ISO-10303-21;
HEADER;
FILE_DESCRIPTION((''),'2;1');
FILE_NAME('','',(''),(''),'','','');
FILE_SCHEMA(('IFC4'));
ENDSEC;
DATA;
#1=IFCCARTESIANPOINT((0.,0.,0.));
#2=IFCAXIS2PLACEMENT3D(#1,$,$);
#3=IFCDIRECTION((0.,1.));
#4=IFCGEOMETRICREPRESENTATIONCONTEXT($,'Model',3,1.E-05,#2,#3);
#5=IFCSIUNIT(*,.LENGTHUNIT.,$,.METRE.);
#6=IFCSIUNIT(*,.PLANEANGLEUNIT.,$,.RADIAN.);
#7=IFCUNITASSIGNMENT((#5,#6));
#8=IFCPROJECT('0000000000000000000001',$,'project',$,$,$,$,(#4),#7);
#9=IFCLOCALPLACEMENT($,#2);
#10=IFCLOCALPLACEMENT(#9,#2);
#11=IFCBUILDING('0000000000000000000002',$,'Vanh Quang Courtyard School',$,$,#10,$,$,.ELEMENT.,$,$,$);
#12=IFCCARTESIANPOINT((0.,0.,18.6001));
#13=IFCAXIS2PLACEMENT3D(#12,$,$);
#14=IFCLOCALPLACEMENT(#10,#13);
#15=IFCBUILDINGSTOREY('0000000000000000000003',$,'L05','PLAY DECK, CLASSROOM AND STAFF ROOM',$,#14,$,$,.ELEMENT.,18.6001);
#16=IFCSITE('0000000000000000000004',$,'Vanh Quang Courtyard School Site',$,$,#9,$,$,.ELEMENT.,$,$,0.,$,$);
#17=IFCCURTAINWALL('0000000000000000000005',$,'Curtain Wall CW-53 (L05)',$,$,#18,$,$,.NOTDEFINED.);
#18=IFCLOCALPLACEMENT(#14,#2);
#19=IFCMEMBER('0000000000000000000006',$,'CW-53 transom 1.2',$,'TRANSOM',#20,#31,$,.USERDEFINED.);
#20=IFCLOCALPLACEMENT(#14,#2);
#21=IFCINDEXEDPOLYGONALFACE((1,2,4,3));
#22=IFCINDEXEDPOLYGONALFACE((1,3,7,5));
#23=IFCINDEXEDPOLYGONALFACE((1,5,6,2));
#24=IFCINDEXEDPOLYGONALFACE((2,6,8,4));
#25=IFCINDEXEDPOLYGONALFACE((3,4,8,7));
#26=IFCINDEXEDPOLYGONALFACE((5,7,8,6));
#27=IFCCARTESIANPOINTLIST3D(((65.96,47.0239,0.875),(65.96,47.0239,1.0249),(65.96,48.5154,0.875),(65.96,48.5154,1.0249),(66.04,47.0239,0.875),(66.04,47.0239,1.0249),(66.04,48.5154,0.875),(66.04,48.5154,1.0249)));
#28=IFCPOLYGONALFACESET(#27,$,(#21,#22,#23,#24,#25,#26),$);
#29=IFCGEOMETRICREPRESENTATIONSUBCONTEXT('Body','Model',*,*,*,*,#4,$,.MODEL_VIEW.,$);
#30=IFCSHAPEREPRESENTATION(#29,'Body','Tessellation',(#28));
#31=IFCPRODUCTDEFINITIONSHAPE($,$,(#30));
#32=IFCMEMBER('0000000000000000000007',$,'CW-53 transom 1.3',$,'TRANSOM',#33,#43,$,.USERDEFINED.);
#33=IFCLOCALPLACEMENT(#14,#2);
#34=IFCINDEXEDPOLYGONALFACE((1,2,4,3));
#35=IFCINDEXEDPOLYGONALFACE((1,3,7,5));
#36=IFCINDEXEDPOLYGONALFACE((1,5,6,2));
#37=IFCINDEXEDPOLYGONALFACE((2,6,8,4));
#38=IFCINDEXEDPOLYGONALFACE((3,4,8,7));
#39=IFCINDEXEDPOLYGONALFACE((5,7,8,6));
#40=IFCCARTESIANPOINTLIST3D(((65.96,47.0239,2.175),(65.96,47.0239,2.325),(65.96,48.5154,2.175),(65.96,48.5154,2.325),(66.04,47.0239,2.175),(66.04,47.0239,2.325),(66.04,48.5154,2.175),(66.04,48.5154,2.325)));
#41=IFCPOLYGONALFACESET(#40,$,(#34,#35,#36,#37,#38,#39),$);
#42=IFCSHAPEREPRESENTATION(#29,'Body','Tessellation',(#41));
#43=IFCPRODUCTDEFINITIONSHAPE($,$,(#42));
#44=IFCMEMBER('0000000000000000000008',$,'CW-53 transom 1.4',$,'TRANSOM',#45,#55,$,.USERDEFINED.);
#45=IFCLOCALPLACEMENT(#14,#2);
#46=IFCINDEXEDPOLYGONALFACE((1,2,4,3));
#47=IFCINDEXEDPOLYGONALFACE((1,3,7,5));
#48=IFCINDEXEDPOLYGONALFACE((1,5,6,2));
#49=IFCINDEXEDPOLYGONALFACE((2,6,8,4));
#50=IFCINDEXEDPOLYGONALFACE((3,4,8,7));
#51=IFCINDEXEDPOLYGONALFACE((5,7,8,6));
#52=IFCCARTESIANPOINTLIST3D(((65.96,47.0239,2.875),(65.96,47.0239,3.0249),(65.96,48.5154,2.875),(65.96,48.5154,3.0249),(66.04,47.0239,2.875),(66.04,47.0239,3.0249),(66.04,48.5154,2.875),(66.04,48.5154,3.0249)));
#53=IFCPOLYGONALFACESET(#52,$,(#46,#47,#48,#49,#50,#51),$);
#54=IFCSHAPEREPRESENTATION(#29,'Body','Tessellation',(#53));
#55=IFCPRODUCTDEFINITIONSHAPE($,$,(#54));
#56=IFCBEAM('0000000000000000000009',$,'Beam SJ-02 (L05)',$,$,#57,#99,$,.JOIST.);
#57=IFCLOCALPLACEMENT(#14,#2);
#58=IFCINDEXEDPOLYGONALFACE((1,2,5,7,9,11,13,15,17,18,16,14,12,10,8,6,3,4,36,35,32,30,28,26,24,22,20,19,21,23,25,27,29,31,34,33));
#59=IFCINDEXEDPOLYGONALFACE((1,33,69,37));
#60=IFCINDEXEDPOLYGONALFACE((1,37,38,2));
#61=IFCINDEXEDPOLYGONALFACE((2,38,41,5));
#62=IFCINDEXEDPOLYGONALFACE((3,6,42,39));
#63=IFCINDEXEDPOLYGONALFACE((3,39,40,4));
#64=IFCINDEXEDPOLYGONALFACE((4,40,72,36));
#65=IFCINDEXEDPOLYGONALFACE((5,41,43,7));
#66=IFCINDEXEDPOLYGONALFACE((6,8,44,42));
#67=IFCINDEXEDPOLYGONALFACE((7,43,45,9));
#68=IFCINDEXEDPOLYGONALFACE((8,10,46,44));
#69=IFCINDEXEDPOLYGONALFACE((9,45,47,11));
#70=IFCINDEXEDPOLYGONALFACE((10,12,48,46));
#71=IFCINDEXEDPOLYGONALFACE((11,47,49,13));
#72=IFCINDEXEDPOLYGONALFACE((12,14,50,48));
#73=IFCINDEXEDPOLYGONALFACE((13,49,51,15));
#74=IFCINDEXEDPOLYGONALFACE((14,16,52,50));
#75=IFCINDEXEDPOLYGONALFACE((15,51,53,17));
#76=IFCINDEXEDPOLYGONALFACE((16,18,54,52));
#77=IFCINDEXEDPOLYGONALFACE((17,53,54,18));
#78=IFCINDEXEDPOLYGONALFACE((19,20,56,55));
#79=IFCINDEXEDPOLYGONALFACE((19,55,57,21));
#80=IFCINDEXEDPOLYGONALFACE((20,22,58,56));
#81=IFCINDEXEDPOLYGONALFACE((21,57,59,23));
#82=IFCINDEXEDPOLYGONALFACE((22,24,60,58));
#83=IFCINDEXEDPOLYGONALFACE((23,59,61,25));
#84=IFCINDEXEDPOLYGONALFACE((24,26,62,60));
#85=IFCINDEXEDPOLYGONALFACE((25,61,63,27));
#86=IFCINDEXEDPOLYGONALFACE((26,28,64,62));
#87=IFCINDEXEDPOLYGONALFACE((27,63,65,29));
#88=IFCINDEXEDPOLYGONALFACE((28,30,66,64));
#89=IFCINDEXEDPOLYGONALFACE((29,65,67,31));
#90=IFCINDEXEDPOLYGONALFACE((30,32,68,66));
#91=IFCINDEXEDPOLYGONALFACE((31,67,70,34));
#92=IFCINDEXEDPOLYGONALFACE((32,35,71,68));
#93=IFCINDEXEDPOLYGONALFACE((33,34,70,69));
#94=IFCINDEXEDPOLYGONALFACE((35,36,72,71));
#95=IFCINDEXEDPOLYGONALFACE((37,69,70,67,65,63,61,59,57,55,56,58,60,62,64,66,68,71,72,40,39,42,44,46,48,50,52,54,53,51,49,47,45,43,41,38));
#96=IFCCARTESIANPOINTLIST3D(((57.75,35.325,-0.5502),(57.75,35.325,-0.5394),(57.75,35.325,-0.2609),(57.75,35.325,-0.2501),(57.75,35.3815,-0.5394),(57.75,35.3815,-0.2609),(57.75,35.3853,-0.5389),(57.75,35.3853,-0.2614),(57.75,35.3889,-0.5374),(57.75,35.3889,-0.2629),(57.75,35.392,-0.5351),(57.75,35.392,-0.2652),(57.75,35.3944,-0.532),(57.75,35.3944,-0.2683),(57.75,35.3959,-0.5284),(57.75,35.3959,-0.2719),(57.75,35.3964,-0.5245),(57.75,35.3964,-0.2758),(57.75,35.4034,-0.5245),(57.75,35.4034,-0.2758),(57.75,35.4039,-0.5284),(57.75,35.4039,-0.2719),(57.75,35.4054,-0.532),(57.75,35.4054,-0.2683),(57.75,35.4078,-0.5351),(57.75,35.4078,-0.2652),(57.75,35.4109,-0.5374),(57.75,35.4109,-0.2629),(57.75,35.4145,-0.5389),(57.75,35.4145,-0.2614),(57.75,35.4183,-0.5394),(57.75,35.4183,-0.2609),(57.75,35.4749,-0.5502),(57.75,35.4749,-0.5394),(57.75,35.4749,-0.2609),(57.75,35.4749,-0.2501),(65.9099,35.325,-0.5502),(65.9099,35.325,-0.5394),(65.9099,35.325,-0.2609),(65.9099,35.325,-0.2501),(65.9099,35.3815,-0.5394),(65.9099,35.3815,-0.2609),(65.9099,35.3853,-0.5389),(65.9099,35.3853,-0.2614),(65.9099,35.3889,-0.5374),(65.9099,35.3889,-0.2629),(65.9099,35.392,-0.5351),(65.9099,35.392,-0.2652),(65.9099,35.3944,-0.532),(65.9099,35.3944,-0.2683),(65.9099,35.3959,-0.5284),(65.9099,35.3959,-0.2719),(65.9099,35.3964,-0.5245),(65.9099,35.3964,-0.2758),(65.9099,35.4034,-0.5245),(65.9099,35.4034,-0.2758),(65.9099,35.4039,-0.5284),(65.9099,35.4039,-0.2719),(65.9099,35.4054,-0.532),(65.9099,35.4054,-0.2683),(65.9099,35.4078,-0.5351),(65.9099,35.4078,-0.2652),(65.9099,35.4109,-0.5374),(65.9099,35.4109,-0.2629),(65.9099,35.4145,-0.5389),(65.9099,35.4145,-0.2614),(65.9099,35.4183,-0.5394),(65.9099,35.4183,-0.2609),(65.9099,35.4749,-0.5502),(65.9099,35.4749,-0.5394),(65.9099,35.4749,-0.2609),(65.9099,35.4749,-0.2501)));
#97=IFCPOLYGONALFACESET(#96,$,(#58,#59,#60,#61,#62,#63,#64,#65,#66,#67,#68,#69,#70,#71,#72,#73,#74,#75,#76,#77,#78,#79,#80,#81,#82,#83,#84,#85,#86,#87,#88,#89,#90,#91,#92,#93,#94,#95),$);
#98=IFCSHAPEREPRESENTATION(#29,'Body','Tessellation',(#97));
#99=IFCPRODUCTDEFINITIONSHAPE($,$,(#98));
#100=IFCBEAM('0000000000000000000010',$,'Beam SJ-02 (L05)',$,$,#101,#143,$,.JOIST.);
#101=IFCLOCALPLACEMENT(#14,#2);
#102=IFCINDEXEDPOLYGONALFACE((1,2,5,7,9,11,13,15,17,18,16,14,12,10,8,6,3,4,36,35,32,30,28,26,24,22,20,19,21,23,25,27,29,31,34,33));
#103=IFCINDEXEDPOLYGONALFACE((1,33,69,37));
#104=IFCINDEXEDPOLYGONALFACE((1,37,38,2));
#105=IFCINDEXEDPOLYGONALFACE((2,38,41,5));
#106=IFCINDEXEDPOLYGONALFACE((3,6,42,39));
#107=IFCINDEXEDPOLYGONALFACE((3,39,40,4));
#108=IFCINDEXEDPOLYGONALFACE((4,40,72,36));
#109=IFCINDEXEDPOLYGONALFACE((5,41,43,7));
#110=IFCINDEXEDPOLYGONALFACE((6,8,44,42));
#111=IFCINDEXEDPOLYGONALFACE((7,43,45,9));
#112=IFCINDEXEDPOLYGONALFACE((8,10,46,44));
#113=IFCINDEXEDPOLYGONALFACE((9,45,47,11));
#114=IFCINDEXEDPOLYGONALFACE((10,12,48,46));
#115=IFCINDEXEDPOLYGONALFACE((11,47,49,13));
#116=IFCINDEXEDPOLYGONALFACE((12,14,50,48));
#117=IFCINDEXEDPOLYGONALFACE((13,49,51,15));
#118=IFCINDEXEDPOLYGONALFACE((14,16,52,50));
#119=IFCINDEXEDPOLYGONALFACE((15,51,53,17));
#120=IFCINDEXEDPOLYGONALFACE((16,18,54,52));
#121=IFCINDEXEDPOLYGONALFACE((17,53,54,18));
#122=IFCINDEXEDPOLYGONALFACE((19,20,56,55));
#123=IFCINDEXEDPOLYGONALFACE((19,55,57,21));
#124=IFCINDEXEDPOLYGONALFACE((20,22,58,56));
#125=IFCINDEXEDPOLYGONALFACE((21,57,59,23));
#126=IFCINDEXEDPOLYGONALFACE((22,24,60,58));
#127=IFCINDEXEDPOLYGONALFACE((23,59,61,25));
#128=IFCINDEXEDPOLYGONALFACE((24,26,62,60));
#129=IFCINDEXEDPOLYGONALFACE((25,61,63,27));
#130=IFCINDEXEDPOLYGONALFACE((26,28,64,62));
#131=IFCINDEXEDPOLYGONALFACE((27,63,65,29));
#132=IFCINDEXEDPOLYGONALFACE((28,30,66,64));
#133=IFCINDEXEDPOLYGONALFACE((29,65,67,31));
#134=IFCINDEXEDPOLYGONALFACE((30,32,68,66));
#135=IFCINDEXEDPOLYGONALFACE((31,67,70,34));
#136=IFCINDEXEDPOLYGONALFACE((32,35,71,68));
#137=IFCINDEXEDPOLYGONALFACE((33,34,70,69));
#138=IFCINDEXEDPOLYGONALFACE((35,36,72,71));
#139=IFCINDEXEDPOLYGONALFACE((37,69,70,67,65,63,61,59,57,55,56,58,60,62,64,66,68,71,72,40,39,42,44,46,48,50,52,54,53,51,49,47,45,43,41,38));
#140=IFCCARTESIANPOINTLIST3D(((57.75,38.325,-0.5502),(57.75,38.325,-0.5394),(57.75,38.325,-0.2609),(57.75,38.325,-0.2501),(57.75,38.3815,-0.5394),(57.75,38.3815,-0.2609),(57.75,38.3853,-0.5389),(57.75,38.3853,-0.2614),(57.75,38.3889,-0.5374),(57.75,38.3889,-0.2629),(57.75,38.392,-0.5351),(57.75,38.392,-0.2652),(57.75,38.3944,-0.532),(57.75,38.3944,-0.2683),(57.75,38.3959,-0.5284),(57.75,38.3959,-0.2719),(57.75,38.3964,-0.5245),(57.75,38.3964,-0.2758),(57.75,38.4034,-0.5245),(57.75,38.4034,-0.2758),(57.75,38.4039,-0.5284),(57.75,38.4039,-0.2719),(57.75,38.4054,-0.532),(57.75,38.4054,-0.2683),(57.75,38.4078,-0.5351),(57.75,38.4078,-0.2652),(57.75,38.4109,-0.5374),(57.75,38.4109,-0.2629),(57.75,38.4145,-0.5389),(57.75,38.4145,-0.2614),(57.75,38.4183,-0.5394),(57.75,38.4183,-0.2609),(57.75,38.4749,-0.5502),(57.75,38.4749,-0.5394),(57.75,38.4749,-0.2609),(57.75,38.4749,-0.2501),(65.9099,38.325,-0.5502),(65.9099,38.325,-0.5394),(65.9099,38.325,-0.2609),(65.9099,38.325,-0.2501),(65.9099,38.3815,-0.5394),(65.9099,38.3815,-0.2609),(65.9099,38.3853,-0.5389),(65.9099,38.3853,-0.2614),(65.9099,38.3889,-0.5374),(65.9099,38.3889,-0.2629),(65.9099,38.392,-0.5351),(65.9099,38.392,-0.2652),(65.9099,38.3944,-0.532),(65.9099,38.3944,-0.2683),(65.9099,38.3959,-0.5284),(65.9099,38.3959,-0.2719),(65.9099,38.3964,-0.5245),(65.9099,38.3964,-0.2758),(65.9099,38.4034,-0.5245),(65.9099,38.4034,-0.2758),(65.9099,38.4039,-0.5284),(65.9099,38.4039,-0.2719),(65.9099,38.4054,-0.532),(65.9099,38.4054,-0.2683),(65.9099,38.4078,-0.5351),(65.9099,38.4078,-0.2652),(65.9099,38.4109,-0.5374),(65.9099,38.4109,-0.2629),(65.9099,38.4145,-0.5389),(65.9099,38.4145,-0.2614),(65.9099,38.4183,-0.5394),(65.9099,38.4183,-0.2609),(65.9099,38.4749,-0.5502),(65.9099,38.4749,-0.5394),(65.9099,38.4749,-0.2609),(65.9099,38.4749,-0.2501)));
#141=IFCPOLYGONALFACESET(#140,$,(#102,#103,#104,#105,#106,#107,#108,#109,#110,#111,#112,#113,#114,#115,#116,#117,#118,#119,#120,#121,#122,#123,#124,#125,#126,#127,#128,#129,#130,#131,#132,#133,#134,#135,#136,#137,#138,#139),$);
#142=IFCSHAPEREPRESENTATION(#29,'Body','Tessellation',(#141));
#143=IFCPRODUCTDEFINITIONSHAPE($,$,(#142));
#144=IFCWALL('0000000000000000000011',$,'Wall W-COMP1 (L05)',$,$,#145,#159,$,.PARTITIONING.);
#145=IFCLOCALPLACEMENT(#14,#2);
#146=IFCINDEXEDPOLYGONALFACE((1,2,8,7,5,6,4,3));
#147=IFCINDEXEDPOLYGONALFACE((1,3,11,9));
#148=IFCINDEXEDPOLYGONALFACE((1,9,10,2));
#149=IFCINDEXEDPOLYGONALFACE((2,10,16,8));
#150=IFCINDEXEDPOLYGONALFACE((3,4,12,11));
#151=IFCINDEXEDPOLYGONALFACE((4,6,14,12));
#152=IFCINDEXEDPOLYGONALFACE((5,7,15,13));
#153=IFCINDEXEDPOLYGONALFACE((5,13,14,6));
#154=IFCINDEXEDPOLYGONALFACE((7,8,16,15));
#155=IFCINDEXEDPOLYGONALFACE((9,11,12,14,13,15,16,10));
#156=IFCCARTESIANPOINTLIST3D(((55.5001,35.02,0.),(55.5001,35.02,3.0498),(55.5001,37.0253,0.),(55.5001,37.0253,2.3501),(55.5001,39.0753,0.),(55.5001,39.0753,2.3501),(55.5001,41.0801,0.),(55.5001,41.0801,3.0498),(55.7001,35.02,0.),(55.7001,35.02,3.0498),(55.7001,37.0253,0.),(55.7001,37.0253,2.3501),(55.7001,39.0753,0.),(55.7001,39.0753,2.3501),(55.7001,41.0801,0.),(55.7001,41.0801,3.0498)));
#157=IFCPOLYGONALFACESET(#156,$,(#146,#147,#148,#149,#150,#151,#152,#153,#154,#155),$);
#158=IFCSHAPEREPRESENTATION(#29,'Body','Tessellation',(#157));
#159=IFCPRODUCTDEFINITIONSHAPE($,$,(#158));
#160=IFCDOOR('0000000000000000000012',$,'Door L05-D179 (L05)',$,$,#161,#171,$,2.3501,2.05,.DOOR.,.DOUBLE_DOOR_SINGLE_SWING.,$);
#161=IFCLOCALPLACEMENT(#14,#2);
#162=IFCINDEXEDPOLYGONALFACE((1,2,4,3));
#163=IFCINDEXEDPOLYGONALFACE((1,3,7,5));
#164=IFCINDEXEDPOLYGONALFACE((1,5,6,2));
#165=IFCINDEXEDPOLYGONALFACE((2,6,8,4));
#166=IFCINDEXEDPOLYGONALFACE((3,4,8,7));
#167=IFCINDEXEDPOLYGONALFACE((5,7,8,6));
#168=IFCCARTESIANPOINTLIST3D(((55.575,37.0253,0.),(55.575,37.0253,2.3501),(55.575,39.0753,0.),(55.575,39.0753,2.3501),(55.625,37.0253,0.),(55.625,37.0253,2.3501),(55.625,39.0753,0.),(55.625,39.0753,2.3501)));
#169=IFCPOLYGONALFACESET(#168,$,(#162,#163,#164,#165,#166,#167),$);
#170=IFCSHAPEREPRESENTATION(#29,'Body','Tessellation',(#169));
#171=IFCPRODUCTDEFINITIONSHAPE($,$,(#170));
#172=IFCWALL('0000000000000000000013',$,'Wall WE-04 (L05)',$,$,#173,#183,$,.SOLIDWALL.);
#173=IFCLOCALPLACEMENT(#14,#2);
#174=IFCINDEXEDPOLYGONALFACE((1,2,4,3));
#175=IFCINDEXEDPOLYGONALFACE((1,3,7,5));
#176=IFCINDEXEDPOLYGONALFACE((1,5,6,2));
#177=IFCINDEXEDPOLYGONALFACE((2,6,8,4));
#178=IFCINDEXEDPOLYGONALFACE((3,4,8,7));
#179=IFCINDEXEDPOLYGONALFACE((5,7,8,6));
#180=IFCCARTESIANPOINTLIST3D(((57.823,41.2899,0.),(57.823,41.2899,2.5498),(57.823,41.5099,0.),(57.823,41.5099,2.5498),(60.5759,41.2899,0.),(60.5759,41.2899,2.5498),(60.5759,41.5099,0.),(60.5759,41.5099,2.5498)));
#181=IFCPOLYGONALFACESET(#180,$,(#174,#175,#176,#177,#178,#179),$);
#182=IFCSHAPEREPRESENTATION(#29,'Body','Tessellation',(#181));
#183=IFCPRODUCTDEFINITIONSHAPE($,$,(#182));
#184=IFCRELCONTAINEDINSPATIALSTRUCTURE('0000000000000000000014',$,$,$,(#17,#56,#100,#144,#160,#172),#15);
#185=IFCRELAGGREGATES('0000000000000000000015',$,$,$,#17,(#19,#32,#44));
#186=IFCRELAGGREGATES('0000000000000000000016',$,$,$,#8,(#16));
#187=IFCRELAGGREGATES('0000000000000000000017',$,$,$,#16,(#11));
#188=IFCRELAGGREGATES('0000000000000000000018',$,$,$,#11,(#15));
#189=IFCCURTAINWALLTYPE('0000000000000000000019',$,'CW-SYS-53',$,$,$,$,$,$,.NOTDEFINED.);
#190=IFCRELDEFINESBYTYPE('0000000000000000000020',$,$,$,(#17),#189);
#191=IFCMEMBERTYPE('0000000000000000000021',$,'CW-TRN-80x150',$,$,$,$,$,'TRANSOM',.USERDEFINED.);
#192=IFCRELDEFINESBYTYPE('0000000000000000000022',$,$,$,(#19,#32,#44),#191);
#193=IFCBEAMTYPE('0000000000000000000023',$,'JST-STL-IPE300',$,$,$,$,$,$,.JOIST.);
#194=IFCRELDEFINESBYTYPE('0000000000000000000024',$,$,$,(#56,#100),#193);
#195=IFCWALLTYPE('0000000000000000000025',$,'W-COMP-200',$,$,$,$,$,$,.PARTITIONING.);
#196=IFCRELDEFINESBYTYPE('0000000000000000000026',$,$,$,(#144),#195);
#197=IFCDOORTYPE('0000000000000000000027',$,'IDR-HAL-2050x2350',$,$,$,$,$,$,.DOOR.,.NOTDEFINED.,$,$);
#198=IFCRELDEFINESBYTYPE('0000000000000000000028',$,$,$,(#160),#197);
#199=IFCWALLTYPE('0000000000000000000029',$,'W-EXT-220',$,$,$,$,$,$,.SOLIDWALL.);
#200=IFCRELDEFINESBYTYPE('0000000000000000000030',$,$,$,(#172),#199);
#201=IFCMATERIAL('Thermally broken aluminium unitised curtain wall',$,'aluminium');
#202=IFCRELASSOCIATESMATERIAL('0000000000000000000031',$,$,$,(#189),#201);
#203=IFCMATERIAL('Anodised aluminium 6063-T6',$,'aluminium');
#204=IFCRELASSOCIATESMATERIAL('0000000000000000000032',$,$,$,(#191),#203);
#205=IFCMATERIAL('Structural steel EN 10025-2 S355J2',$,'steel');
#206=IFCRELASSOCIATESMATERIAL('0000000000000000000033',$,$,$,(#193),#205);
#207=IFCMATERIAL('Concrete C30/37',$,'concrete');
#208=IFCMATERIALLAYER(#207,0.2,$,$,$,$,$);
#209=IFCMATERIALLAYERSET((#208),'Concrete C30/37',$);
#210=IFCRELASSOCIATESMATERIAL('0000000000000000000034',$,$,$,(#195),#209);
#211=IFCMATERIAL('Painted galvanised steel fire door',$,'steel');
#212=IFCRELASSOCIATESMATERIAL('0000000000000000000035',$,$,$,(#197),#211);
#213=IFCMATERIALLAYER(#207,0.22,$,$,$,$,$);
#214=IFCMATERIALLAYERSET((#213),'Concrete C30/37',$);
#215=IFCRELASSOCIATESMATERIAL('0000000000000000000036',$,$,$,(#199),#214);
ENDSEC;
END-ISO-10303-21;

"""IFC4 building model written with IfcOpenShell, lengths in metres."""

from ifc_helpers import new_model, si_unit, direction, frame, frame_2d, origin, origin_2d, place, context, subcontext, project, spatial, rectangle, i_section, extrude, material, layer, layer_set, material_profile, profile_set, type_object, element, fill, aggregate, save


model = new_model("IFC4")

# Units and contexts
model_context = context("Model", 3, precision=1e-05, world=origin(), true_north=direction((0.0, 1.0)))
body_context = subcontext(model_context, "Body", "Model", "MODEL_VIEW")
ifc_project = project(units=[si_unit("LENGTHUNIT", "METRE"), si_unit("PLANEANGLEUNIT", "RADIAN")], contexts=[model_context])

# Site, building, storey
site_placement = place(None, origin())
site = spatial("IfcSite", under=ifc_project, at=site_placement, Name="Vanh Quang Courtyard School Site", CompositionType="ELEMENT", RefElevation=0.0)
building_placement = place(site_placement, origin())
building = spatial("IfcBuilding", under=site, at=building_placement, Name="Vanh Quang Courtyard School", CompositionType="ELEMENT")
storey_placement = place(building_placement, frame((0.0, 0.0, 18.6001)))
storey = spatial("IfcBuildingStorey", under=building, at=storey_placement, Name="L05", Description="PLAY DECK, CLASSROOM AND STAFF ROOM", CompositionType="ELEMENT", Elevation=18.6001)

# Shared definitions
ifc_material_1 = material(Name="Structural steel EN 10025-2 S355J2", Category="steel")

# Curtain wall, members
ifc_material_2 = material(Name="Thermally broken aluminium unitised curtain wall", Category="aluminium")
curtain_wall_type = type_object("IfcCurtainWallType", Name="CW-SYS-53", PredefinedType="NOTDEFINED", material=ifc_material_2)
curtain_wall_placement = place(storey_placement, origin())
curtain_wall = element("IfcCurtainWall", 1, at=curtain_wall_placement, inside=storey, type_object=curtain_wall_type, Name="Curtain Wall CW-53 (L05)", PredefinedType="NOTDEFINED")
ifc_material_3 = material(Name="Anodised aluminium 6063-T6", Category="aluminium")
ifc_material_profile_1 = material_profile(ifc_material_3, rectangle(XDim=0.0801, YDim=0.1499, at=origin_2d()), Name="ALU-TRN 80x150")
ifc_profile_set_1 = profile_set([ifc_material_profile_1], Name="Anodised aluminium 6063-T6")
member_type_1 = type_object("IfcMemberType", Name="CW-TRN-80x150", ElementType="TRANSOM", PredefinedType="USERDEFINED", material=ifc_profile_set_1)
member_1_placement = place(storey_placement, frame((66.0, 47.0239, 0.95), z_axis=(0.0, 1.0, 0.0), x_axis=(-1.0, 0.0, 0.0)))
member_1 = element("IfcMember", 2, at=member_1_placement, type_object=member_type_1, Name="CW-53 transom 1.2", ObjectType="TRANSOM", PredefinedType="USERDEFINED", context=body_context, shape_type="SweptSolid", body=[
    extrude(rectangle(XDim=0.0801, YDim=0.1499, at=origin_2d()), origin(), (0.0, 0.0, 1.0), 1.4915),
])
member_2_placement = place(storey_placement, frame((66.0, 47.0239, 2.25), z_axis=(0.0, 1.0, 0.0), x_axis=(-1.0, 0.0, 0.0)))
member_2 = element("IfcMember", 3, at=member_2_placement, type_object=member_type_1, Name="CW-53 transom 1.3", ObjectType="TRANSOM", PredefinedType="USERDEFINED", context=body_context, shape_type="SweptSolid", body=[
    extrude(rectangle(XDim=0.0801, YDim=0.1499, at=origin_2d()), origin(), (0.0, 0.0, 1.0), 1.4915),
])
member_3_placement = place(storey_placement, frame((66.0, 47.0239, 2.95), z_axis=(0.0, 1.0, 0.0), x_axis=(-1.0, 0.0, 0.0)))
member_3 = element("IfcMember", 4, at=member_3_placement, type_object=member_type_1, Name="CW-53 transom 1.4", ObjectType="TRANSOM", PredefinedType="USERDEFINED", context=body_context, shape_type="SweptSolid", body=[
    extrude(rectangle(XDim=0.0801, YDim=0.1499, at=origin_2d()), origin(), (0.0, 0.0, 1.0), 1.4915),
])
aggregate(curtain_wall, [member_1, member_2, member_3])

# Beams
ifc_material_profile_2 = material_profile(ifc_material_1, i_section(OverallWidth=0.1499, OverallDepth=0.3, WebThickness=0.0071, FlangeThickness=0.0107, FilletRadius=0.0149, at=origin_2d()), Name="IPE 300")
ifc_profile_set_2 = profile_set([ifc_material_profile_2], Name="Structural steel EN 10025-2 S355J2")
beam_type_1 = type_object("IfcBeamType", Name="JST-STL-IPE300", PredefinedType="JOIST", material=ifc_profile_set_2)
for number, where, z_axis, x_axis, name in (
    (5, (57.75, 35.3999, -0.4001), (1.0, 0.0, 0.0), (0.0, 1.0, 0.0), "Beam SJ-02 (L05)"),
    (6, (57.75, 38.3999, -0.4001), (1.0, 0.0, 0.0), (0.0, 1.0, 0.0), "Beam SJ-02 (L05)"),
):
    element("IfcBeam", number, at=place(storey_placement, frame(where, z_axis=z_axis, x_axis=x_axis)), inside=storey, type_object=beam_type_1, Name=name, PredefinedType="JOIST", context=body_context, shape_type="SweptSolid", body=[
        extrude(i_section(OverallWidth=0.1499, OverallDepth=0.3, WebThickness=0.0071, FlangeThickness=0.0107, FilletRadius=0.0149, at=origin_2d()), origin(), (0.0, 0.0, 1.0), 8.1599),
    ])

# Wall, opening, door
ifc_material_4 = material(Name="Concrete C30/37", Category="concrete")
ifc_layer_1 = layer(ifc_material_4, 0.2)
ifc_layer_set_1 = layer_set([ifc_layer_1], Name="Concrete C30/37")
wall_type_1 = type_object("IfcWallType", Name="W-COMP-200", PredefinedType="PARTITIONING", material=ifc_layer_set_1)
wall_1_placement = place(storey_placement, frame((55.6001, 41.0801, 0.0), z_axis=(0.0, 0.0, 1.0), x_axis=(0.0, -1.0, 0.0)))
wall_1 = element("IfcWall", 7, at=wall_1_placement, inside=storey, type_object=wall_type_1, Name="Wall W-COMP1 (L05)", PredefinedType="PARTITIONING", context=body_context, shape_type="SweptSolid", body=[
    extrude(rectangle(XDim=6.0601, YDim=0.2, at=frame_2d((3.03, 0.0))), origin(), (0.0, 0.0, 1.0), 3.0498),
])
opening_placement = place(wall_1_placement, frame((2.0049, 0.0, 0.0)))
opening = element("IfcOpeningElement", 8, at=opening_placement, cuts=wall_1, PredefinedType="OPENING", context=body_context, shape_type="SweptSolid", body=[
    extrude(rectangle(XDim=2.05, YDim=2.3501, at=frame_2d((1.0249, 1.175))), frame((0.0, 0.1099, 0.0), z_axis=(0.0, -1.0, 0.0), x_axis=(1.0, 0.0, 0.0)), (0.0, 0.0, 1.0), 0.22),
])
ifc_material_5 = material(Name="Painted galvanised steel fire door", Category="steel")
door_type = type_object("IfcDoorType", Name="IDR-HAL-2050x2350", OperationType="NOTDEFINED", PredefinedType="DOOR", material=ifc_material_5)
door_placement = place(opening_placement, origin())
door = element("IfcDoor", 9, at=door_placement, inside=storey, type_object=door_type, Name="Door L05-D179 (L05)", OperationType="DOUBLE_DOOR_SINGLE_SWING", OverallHeight=2.3501, OverallWidth=2.05, PredefinedType="DOOR", context=body_context, shape_type="SweptSolid", body=[
    extrude(rectangle(XDim=2.05, YDim=2.3501, at=frame_2d((1.0249, 1.175))), frame((0.0, 0.0249, 0.0), z_axis=(0.0, -1.0, 0.0), x_axis=(1.0, 0.0, 0.0)), (0.0, 0.0, 1.0), 0.05),
])
fill(opening, door)

# Wall
ifc_layer_2 = layer(ifc_material_4, 0.22)
ifc_layer_set_2 = layer_set([ifc_layer_2], Name="Concrete C30/37")
wall_type_2 = type_object("IfcWallType", Name="W-EXT-220", PredefinedType="SOLIDWALL", material=ifc_layer_set_2)
wall_2_placement = place(storey_placement, frame((57.823, 41.3999, 0.0), z_axis=(0.0, 0.0, 1.0), x_axis=(1.0, 0.0, 0.0)))
element("IfcWall", 10, at=wall_2_placement, inside=storey, type_object=wall_type_2, Name="Wall WE-04 (L05)", PredefinedType="SOLIDWALL", context=body_context, shape_type="SweptSolid", body=[
    extrude(rectangle(XDim=2.7529, YDim=0.22, at=frame_2d((1.3765, 0.0))), origin(), (0.0, 0.0, 1.0), 2.5498),
])

save(model, "model.ifc")
